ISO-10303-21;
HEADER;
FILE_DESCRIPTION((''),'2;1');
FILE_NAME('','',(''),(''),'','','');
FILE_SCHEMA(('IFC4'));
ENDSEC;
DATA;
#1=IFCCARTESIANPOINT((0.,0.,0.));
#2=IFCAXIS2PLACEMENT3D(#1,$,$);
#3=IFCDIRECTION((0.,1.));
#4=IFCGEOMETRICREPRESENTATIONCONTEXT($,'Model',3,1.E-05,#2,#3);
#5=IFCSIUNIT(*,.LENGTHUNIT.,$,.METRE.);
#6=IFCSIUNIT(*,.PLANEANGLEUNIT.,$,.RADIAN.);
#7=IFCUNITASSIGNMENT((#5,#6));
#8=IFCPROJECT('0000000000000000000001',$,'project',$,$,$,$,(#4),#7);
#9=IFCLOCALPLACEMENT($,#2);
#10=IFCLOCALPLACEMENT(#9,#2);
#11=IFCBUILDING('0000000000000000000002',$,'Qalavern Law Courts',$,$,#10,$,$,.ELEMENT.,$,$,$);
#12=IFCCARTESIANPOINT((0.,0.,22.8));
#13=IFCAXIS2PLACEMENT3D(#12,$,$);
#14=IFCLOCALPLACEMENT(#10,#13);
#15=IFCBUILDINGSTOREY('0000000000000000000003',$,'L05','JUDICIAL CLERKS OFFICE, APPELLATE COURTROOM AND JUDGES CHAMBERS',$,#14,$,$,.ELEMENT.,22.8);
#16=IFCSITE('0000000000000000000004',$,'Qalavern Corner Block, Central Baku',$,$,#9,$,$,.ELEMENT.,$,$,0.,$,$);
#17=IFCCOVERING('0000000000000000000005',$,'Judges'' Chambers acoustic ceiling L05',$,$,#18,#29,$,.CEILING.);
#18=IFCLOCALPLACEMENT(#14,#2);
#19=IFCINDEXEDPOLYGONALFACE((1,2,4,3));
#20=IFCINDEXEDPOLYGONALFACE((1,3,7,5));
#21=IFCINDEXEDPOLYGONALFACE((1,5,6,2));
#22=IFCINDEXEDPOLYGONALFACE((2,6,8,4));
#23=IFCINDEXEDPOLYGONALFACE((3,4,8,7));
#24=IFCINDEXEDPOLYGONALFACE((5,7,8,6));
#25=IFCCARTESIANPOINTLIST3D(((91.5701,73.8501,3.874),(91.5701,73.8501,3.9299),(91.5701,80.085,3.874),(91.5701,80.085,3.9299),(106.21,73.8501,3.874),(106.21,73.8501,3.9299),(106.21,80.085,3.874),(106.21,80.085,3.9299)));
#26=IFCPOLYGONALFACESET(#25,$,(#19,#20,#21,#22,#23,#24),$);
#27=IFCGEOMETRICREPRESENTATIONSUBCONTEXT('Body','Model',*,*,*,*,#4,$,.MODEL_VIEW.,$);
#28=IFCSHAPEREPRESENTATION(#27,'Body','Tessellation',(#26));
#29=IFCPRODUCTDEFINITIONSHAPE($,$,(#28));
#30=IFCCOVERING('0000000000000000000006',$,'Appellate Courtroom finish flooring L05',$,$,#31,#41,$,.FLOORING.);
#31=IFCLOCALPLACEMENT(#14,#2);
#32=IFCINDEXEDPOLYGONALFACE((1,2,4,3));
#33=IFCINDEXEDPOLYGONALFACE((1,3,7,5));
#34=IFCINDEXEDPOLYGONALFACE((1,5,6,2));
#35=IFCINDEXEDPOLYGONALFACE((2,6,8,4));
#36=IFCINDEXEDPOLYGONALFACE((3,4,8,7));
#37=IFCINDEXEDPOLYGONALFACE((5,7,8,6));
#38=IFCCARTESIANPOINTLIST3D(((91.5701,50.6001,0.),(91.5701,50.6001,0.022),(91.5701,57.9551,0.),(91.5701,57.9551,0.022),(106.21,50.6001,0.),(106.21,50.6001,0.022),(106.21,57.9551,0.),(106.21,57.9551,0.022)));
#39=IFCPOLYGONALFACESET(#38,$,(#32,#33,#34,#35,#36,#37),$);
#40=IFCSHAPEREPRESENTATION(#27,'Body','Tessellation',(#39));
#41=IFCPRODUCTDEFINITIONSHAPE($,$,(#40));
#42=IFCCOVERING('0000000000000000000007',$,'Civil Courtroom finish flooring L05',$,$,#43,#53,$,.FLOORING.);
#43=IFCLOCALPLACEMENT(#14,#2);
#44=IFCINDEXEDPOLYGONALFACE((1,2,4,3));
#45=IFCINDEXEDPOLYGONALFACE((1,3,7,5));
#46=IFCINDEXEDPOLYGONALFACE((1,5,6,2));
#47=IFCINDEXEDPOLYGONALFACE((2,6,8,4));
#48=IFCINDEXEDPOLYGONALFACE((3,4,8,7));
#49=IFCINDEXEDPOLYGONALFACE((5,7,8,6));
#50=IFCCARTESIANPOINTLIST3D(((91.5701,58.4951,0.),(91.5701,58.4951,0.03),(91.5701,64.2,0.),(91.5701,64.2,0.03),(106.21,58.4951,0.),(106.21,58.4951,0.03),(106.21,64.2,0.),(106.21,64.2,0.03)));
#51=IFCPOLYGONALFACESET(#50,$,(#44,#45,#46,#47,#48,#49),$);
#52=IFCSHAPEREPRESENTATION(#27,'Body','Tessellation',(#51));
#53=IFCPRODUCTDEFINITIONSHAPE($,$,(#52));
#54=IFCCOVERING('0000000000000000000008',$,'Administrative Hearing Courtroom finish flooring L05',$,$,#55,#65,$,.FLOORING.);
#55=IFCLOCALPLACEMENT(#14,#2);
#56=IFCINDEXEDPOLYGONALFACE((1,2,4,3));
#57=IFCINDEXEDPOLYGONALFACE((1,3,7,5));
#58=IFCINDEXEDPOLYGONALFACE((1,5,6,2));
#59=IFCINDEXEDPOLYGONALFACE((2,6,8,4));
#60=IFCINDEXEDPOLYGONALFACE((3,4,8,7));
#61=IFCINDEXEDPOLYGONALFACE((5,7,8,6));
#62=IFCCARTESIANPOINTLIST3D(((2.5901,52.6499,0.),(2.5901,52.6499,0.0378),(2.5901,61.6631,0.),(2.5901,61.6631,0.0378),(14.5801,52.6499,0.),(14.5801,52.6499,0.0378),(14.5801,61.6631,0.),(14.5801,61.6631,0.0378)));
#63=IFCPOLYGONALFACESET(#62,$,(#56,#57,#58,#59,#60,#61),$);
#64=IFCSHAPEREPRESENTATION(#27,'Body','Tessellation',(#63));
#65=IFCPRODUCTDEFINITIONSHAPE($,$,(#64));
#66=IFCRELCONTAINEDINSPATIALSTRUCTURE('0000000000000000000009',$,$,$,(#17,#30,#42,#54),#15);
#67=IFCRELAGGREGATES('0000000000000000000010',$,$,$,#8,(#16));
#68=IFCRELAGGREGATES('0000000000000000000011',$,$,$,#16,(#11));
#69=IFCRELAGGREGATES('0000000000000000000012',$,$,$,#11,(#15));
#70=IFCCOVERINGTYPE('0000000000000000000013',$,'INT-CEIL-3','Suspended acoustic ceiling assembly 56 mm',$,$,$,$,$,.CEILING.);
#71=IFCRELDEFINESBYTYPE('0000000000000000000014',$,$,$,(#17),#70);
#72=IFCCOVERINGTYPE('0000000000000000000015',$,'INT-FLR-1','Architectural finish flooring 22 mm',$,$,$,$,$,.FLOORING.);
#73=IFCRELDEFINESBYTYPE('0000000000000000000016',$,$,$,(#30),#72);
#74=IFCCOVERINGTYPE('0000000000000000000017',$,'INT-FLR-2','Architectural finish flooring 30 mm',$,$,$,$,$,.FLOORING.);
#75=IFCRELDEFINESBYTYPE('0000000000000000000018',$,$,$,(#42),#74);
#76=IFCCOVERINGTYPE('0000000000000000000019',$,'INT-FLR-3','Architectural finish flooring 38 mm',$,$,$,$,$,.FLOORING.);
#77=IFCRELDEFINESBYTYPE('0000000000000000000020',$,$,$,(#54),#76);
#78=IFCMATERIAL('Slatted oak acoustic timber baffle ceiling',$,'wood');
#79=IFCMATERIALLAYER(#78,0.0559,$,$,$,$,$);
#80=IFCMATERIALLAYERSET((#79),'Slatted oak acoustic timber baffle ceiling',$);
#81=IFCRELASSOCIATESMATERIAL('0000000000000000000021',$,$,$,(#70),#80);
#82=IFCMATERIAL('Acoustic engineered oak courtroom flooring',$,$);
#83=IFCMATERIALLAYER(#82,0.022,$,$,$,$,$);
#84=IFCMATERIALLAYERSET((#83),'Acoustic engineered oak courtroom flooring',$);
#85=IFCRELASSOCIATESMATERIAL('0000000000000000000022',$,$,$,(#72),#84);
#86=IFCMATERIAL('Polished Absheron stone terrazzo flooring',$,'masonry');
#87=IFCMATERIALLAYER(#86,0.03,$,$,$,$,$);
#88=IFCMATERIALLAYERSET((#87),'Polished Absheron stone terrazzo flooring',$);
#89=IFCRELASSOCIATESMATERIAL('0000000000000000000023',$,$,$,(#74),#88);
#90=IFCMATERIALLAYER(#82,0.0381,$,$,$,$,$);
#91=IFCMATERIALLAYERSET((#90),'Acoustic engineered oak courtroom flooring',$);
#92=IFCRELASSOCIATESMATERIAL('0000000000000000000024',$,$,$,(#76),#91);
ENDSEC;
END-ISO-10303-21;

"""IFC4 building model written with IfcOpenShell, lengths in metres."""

from ifc_helpers import new_model, si_unit, direction, frame, origin, place, context, subcontext, project, spatial, polyline, outline, extrude, material, layer, layer_set, type_object, element, save


model = new_model("IFC4")

# Units and contexts
model_context = context("Model", 3, precision=1e-05, world=origin(), true_north=direction((0.0, 1.0)))
body_context = subcontext(model_context, "Body", "Model", "MODEL_VIEW")
ifc_project = project(units=[si_unit("LENGTHUNIT", "METRE"), si_unit("PLANEANGLEUNIT", "RADIAN")], contexts=[model_context])

# Site, building, storey
site_placement = place(None, origin())
site = spatial("IfcSite", under=ifc_project, at=site_placement, Name="Qalavern Corner Block, Central Baku", CompositionType="ELEMENT", RefElevation=0.0)
building_placement = place(site_placement, origin())
building = spatial("IfcBuilding", under=site, at=building_placement, Name="Qalavern Law Courts", CompositionType="ELEMENT")
storey_placement = place(building_placement, frame((0.0, 0.0, 22.8)))
storey = spatial("IfcBuildingStorey", under=building, at=storey_placement, Name="L05", Description="JUDICIAL CLERKS OFFICE, APPELLATE COURTROOM AND JUDGES CHAMBERS", CompositionType="ELEMENT", Elevation=22.8)

# Coverings
ifc_material_1 = material(Name="Slatted oak acoustic timber baffle ceiling", Category="wood")
ifc_layer_1 = layer(ifc_material_1, 0.0559)
ifc_layer_set_1 = layer_set([ifc_layer_1], Name="Slatted oak acoustic timber baffle ceiling")
covering_type_1 = type_object("IfcCoveringType", Name="INT-CEIL-3", Description="Suspended acoustic ceiling assembly 56 mm", PredefinedType="CEILING", material=ifc_layer_set_1)
covering_1_placement = place(storey_placement, frame((0.0, 0.0, 3.874)))
element("IfcCovering", 1, at=covering_1_placement, inside=storey, type_object=covering_type_1, Name="Judges' Chambers acoustic ceiling L05", PredefinedType="CEILING", context=body_context, shape_type="SweptSolid", body=[
    extrude(outline(polyline([(91.5701, 73.8501), (106.21, 73.8501), (106.21, 80.085), (91.5701, 80.085), (91.5701, 73.8501)])), origin(), (0.0, 0.0, 1.0), 0.0559),
])
ifc_material_2 = material(Name="Acoustic engineered oak courtroom flooring")
ifc_layer_2 = layer(ifc_material_2, 0.022)
ifc_layer_set_2 = layer_set([ifc_layer_2], Name="Acoustic engineered oak courtroom flooring")
covering_type_2 = type_object("IfcCoveringType", Name="INT-FLR-1", Description="Architectural finish flooring 22 mm", PredefinedType="FLOORING", material=ifc_layer_set_2)
covering_2_placement = place(storey_placement, origin())
element("IfcCovering", 2, at=covering_2_placement, inside=storey, type_object=covering_type_2, Name="Appellate Courtroom finish flooring L05", PredefinedType="FLOORING", context=body_context, shape_type="SweptSolid", body=[
    extrude(outline(polyline([(91.5701, 50.6001), (106.21, 50.6001), (106.21, 57.9551), (91.5701, 57.9551), (91.5701, 50.6001)])), origin(), (0.0, 0.0, 1.0), 0.022),
])
ifc_material_3 = material(Name="Polished Absheron stone terrazzo flooring", Category="masonry")
ifc_layer_3 = layer(ifc_material_3, 0.03)
ifc_layer_set_3 = layer_set([ifc_layer_3], Name="Polished Absheron stone terrazzo flooring")
covering_type_3 = type_object("IfcCoveringType", Name="INT-FLR-2", Description="Architectural finish flooring 30 mm", PredefinedType="FLOORING", material=ifc_layer_set_3)
covering_3_placement = place(storey_placement, origin())
element("IfcCovering", 3, at=covering_3_placement, inside=storey, type_object=covering_type_3, Name="Civil Courtroom finish flooring L05", PredefinedType="FLOORING", context=body_context, shape_type="SweptSolid", body=[
    extrude(outline(polyline([(91.5701, 58.4951), (106.21, 58.4951), (106.21, 64.2), (91.5701, 64.2), (91.5701, 58.4951)])), origin(), (0.0, 0.0, 1.0), 0.03),
])
ifc_layer_4 = layer(ifc_material_2, 0.0381)
ifc_layer_set_4 = layer_set([ifc_layer_4], Name="Acoustic engineered oak courtroom flooring")
covering_type_4 = type_object("IfcCoveringType", Name="INT-FLR-3", Description="Architectural finish flooring 38 mm", PredefinedType="FLOORING", material=ifc_layer_set_4)
covering_4_placement = place(storey_placement, origin())
element("IfcCovering", 4, at=covering_4_placement, inside=storey, type_object=covering_type_4, Name="Administrative Hearing Courtroom finish flooring L05", PredefinedType="FLOORING", context=body_context, shape_type="SweptSolid", body=[
    extrude(outline(polyline([(2.5901, 52.6499), (14.5801, 52.6499), (14.5801, 61.6631), (2.5901, 61.6631), (2.5901, 52.6499)])), origin(), (0.0, 0.0, 1.0), 0.0378),
])

save(model, "model.ifc")
